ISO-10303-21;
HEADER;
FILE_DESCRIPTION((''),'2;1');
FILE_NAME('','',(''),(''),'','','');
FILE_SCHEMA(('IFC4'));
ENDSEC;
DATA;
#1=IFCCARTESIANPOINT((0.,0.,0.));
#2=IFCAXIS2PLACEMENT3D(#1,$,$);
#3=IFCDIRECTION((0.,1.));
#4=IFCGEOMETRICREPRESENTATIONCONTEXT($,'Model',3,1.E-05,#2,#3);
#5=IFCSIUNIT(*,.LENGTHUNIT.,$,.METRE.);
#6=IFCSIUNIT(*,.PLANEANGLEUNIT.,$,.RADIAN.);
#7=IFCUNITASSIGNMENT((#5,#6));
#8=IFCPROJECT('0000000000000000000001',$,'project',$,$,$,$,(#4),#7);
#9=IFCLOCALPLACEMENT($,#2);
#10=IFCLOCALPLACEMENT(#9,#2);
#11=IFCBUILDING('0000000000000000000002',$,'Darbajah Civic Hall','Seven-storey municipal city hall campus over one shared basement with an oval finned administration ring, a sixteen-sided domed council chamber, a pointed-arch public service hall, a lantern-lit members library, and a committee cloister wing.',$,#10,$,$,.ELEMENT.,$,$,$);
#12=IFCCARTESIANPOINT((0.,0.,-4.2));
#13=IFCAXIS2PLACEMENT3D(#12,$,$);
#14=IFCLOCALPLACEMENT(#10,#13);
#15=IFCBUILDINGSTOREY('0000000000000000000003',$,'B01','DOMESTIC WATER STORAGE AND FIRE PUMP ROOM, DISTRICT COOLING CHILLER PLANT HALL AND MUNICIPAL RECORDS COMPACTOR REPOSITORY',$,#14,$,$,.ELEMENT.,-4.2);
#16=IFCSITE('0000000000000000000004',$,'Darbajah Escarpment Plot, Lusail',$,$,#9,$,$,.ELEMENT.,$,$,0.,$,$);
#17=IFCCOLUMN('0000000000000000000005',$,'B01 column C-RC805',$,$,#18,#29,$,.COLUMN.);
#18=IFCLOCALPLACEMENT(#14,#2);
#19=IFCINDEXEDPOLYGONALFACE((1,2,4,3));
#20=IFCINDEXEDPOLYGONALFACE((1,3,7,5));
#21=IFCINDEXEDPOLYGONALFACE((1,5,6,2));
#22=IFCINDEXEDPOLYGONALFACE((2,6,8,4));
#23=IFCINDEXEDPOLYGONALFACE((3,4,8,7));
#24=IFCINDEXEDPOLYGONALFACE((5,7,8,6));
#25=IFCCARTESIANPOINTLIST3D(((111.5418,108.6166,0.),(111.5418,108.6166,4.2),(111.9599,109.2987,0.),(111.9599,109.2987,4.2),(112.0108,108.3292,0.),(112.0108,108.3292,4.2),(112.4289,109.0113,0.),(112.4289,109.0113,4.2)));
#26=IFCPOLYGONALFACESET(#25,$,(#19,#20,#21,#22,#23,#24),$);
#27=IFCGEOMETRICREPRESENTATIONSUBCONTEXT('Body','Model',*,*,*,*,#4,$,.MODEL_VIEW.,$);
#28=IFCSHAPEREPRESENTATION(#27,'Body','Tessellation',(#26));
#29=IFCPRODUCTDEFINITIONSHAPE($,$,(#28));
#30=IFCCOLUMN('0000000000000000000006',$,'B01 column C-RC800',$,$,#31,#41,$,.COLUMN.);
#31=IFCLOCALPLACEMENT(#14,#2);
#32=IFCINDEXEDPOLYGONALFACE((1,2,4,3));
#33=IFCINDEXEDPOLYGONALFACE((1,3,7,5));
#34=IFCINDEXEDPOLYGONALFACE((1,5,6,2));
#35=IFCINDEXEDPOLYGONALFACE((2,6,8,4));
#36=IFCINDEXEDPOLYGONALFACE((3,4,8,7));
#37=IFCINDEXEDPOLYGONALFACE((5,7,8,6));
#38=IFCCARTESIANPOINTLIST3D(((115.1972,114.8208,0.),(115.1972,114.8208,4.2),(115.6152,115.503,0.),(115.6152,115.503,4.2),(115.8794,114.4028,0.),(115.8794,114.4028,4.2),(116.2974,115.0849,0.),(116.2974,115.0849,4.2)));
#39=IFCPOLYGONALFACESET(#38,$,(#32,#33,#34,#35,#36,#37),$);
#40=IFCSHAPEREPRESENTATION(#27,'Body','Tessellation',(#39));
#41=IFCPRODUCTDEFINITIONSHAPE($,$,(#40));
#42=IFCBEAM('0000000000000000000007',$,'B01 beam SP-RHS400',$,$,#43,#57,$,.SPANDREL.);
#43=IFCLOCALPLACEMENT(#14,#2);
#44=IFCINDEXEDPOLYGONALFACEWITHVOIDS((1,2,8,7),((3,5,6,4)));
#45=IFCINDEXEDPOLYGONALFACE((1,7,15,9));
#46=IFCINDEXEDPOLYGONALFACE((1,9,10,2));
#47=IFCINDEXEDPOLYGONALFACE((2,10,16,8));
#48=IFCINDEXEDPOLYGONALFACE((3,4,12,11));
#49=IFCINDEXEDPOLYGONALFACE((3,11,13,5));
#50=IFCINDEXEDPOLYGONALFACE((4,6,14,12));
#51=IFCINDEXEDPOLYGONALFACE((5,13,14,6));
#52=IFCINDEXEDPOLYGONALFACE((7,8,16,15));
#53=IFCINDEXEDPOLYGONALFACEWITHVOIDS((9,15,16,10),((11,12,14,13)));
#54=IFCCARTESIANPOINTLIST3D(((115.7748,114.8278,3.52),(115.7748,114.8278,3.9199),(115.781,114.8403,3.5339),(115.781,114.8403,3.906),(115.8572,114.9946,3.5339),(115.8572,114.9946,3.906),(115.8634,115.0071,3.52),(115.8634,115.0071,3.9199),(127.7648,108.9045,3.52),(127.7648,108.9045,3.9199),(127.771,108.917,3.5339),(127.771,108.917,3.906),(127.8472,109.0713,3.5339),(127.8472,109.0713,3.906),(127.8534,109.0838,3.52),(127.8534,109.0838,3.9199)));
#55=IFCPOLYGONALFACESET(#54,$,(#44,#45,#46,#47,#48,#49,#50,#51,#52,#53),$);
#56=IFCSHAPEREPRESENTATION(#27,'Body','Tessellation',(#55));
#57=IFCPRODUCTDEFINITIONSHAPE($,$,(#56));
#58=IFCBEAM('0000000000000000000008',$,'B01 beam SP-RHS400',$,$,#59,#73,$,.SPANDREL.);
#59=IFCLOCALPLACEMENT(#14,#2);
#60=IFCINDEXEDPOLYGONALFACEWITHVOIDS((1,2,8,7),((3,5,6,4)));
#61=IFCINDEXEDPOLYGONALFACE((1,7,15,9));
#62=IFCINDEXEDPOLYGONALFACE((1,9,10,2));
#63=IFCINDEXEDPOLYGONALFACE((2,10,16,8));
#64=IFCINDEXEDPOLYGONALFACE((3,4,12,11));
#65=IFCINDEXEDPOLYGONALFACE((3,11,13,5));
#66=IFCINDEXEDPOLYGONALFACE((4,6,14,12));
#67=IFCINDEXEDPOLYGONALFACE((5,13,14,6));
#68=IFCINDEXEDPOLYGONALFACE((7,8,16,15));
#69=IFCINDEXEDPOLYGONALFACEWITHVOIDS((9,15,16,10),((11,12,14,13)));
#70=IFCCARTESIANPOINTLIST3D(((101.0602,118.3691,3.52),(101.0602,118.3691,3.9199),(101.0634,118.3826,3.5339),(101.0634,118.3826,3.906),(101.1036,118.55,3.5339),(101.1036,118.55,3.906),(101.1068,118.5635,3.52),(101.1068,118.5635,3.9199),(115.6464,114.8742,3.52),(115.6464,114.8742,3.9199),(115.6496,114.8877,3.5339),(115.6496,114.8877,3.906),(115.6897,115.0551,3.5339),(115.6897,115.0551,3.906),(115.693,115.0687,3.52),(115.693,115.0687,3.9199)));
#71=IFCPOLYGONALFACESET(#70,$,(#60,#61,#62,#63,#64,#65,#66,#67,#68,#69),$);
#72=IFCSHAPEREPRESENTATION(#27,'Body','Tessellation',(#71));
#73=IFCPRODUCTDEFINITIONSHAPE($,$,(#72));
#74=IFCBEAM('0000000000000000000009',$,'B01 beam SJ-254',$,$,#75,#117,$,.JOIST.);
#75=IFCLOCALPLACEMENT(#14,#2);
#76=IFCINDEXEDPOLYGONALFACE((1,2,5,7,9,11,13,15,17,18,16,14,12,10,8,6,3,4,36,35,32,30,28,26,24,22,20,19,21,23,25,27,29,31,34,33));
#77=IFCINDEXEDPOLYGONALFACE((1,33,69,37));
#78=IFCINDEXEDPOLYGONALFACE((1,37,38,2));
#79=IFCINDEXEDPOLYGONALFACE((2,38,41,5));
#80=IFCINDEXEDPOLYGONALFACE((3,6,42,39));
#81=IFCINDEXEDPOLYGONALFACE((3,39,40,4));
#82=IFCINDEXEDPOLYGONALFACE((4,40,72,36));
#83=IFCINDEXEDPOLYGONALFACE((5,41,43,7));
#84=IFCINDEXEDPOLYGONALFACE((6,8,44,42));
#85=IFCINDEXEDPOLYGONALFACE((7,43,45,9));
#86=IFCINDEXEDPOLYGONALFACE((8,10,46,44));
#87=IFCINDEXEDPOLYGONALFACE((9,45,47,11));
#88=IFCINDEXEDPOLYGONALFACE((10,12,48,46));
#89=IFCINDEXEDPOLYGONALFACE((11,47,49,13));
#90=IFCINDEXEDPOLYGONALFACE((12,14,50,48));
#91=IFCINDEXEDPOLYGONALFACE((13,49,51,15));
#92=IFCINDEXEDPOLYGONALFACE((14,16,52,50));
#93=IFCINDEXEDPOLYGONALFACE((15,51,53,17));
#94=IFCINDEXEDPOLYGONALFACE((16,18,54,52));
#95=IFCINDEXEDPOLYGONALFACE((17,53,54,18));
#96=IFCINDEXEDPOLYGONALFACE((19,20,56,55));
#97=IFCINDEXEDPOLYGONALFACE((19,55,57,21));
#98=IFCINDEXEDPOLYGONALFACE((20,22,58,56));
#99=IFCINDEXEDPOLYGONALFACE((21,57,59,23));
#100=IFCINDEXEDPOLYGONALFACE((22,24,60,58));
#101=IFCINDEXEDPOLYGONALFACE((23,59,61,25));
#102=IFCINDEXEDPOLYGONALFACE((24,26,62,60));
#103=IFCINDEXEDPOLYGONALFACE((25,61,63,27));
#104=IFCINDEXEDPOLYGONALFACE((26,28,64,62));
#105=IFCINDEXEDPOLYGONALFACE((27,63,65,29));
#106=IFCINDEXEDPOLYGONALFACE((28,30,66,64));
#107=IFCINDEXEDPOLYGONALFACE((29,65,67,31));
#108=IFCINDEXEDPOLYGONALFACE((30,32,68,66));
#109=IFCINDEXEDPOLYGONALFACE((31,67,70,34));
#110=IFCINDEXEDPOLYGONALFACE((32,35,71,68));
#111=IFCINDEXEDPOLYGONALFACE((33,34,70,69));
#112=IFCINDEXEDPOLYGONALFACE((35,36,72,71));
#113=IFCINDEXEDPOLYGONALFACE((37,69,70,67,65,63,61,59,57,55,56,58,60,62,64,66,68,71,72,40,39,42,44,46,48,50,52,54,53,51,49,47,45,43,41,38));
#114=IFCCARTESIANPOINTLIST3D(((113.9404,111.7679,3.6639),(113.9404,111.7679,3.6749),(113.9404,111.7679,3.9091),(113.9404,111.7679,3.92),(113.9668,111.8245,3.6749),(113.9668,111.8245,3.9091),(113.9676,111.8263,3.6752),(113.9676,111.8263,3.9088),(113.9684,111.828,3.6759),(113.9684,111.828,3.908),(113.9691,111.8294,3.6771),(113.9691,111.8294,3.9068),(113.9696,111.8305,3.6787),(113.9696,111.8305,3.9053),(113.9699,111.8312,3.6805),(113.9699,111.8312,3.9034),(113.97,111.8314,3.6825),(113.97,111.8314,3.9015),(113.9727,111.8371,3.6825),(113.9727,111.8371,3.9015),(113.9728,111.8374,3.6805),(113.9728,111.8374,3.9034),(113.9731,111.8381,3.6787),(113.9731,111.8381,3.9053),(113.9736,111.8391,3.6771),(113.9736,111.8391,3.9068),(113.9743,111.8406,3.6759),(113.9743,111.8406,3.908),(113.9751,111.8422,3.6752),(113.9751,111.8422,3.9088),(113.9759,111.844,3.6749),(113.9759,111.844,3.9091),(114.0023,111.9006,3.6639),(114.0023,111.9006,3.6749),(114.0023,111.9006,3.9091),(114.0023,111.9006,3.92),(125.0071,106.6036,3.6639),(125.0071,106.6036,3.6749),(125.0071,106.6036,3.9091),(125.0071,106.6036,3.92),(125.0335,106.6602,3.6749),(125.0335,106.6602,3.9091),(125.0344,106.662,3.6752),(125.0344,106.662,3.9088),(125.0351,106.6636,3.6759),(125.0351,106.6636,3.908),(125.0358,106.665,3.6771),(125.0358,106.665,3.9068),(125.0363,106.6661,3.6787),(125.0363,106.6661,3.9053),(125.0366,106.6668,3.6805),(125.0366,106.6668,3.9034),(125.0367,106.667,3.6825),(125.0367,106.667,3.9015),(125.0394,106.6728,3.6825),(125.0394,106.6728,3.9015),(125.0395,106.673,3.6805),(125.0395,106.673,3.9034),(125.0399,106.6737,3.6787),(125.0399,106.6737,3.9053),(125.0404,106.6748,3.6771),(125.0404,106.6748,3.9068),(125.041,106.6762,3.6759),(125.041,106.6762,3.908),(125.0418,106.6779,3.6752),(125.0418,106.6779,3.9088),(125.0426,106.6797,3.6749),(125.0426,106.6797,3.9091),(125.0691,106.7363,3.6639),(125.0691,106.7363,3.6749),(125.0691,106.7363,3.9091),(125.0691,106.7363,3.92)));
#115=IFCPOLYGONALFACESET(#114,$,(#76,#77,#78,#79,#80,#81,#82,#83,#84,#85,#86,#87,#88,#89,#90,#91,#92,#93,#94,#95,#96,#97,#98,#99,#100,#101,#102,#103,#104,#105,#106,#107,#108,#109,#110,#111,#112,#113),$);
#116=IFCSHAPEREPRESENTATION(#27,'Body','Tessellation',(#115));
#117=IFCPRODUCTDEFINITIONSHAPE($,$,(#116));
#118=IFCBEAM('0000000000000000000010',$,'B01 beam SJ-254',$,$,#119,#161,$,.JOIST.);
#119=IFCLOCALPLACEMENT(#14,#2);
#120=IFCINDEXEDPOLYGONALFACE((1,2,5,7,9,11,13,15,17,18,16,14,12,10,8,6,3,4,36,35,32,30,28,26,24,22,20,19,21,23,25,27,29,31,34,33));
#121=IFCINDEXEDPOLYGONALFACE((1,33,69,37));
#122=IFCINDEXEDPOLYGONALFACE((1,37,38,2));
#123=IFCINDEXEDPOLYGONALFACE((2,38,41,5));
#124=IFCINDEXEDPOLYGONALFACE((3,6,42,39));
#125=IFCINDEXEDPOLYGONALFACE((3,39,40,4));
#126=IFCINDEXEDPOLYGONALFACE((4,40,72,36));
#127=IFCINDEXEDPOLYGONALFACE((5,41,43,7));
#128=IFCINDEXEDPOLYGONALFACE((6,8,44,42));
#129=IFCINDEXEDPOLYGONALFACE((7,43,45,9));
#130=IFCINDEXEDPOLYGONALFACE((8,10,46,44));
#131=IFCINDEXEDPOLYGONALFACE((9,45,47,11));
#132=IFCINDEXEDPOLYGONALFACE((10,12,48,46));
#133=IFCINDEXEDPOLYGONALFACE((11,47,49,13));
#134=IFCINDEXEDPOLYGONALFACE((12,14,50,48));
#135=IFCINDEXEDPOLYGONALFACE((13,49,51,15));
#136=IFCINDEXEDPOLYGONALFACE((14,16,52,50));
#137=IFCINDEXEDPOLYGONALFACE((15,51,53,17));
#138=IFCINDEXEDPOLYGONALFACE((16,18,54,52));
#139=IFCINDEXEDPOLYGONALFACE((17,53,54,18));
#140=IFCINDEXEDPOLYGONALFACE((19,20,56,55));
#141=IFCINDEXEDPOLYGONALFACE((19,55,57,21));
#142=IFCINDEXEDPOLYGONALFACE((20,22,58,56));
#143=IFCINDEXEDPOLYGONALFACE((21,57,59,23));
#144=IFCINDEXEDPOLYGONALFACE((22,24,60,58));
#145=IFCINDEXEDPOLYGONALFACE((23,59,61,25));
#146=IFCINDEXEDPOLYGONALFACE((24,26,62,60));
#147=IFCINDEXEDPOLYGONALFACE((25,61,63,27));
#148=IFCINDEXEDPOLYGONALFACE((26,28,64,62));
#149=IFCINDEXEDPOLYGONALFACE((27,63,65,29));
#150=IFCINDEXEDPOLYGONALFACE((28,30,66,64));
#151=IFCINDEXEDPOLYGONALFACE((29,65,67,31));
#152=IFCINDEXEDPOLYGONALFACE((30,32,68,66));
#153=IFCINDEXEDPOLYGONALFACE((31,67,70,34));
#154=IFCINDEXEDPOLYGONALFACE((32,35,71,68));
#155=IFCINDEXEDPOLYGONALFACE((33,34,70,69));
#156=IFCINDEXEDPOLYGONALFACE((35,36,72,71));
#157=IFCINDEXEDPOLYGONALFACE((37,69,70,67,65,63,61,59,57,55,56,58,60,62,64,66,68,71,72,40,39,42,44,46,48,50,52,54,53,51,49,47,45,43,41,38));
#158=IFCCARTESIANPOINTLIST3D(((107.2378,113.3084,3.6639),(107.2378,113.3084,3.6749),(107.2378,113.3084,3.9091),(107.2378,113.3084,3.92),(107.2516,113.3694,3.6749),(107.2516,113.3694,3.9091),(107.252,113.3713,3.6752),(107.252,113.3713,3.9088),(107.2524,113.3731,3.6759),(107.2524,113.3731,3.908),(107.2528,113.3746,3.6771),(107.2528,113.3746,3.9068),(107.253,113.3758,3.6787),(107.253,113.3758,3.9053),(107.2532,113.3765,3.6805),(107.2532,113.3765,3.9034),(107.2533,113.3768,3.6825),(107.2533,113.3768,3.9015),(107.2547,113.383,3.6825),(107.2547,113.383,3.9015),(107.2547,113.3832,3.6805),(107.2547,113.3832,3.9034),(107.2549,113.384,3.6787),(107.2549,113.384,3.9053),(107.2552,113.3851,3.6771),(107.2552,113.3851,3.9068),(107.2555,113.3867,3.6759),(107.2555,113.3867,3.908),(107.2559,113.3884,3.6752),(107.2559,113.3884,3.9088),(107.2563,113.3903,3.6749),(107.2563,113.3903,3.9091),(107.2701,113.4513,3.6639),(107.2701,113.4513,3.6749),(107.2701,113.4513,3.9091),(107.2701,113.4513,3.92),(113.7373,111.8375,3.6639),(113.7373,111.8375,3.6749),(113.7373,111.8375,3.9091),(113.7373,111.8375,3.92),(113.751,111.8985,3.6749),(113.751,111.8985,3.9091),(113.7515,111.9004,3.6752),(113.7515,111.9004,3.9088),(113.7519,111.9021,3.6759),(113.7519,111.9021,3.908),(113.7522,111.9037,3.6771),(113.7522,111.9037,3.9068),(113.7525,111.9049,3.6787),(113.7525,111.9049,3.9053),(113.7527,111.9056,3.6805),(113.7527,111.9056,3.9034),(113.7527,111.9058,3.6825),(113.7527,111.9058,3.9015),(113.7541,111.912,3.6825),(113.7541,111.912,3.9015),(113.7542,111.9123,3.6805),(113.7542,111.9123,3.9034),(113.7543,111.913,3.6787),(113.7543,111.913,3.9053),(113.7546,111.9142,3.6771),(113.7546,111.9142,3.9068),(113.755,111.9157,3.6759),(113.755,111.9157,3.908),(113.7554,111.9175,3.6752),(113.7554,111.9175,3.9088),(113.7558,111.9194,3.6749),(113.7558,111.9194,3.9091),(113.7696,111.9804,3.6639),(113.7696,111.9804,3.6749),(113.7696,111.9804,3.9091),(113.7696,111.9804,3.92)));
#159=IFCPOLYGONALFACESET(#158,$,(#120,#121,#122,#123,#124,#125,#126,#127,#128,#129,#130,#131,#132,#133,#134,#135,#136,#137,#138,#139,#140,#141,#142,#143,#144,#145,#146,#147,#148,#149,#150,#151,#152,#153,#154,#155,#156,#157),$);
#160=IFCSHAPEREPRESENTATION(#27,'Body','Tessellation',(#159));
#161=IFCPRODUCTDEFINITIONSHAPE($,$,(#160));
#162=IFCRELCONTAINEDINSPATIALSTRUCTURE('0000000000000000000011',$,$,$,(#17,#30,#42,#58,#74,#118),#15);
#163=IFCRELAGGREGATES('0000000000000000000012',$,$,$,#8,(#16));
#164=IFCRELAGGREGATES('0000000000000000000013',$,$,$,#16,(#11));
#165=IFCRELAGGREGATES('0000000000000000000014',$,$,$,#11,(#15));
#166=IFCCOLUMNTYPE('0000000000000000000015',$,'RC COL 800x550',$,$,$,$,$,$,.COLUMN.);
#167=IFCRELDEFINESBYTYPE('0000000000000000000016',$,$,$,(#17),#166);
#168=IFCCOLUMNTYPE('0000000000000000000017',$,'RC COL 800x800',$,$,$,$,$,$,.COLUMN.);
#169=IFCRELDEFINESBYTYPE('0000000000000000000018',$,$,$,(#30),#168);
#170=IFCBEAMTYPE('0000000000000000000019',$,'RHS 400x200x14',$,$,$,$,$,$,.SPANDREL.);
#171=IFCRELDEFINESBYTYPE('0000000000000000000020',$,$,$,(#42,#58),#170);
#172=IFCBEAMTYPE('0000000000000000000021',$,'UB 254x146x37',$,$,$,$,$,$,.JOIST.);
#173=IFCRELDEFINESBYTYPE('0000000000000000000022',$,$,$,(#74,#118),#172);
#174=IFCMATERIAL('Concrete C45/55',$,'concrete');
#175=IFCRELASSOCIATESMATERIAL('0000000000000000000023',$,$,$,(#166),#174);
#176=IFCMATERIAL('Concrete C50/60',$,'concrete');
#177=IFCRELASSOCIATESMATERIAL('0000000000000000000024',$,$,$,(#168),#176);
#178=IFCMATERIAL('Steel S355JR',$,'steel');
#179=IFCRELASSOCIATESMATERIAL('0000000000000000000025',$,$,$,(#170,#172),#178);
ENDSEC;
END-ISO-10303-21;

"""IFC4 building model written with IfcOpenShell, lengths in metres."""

from ifc_helpers import new_model, si_unit, direction, frame, origin, origin_2d, place, context, subcontext, project, spatial, rectangle, hollow_rectangle, i_section, extrude, material, material_profile, profile_set, type_object, element, save


model = new_model("IFC4")

# Units and contexts
model_context = context("Model", 3, precision=1e-05, world=origin(), true_north=direction((0.0, 1.0)))
body_context = subcontext(model_context, "Body", "Model", "MODEL_VIEW")
ifc_project = project(units=[si_unit("LENGTHUNIT", "METRE"), si_unit("PLANEANGLEUNIT", "RADIAN")], contexts=[model_context])

# Site, building, storey
site_placement = place(None, origin())
site = spatial("IfcSite", under=ifc_project, at=site_placement, Name="Darbajah Escarpment Plot, Lusail", CompositionType="ELEMENT", RefElevation=0.0)
building_placement = place(site_placement, origin())
building = spatial("IfcBuilding", under=site, at=building_placement, Name="Darbajah Civic Hall", Description="Seven-storey municipal city hall campus over one shared basement with an oval finned administration ring, a sixteen-sided domed council chamber, a pointed-arch public service hall, a lantern-lit members library, and a committee cloister wing.", CompositionType="ELEMENT")
storey_placement = place(building_placement, frame((0.0, 0.0, -4.2)))
storey = spatial("IfcBuildingStorey", under=building, at=storey_placement, Name="B01", Description="DOMESTIC WATER STORAGE AND FIRE PUMP ROOM, DISTRICT COOLING CHILLER PLANT HALL AND MUNICIPAL RECORDS COMPACTOR REPOSITORY", CompositionType="ELEMENT", Elevation=-4.2)

# Shared definitions
ifc_material_1 = material(Name="Concrete C45/55", Category="concrete")

# Columns
ifc_material_profile_1 = material_profile(ifc_material_1, rectangle(XDim=0.8, YDim=0.55, at=origin_2d()), Name="RC COL 800x550")
ifc_profile_set_1 = profile_set([ifc_material_profile_1], Name="Concrete C45/55")
column_type_1 = type_object("IfcColumnType", Name="RC COL 800x550", PredefinedType="COLUMN", material=ifc_profile_set_1)
for number, where, z_axis, x_axis, name in (
    (1, (111.9854, 108.814, 0.0), (0.0, 0.0, 1.0), (0.522499, 0.85264, 0.0), "B01 column C-RC805"),
):
    element("IfcColumn", number, at=place(storey_placement, frame(where, z_axis=z_axis, x_axis=x_axis)), inside=storey, type_object=column_type_1, Name=name, PredefinedType="COLUMN", context=body_context, shape_type="SweptSolid", body=[
        extrude(rectangle(XDim=0.8, YDim=0.55, at=origin_2d()), origin(), (0.0, 0.0, 1.0), 4.2),
    ])
ifc_material_2 = material(Name="Concrete C50/60", Category="concrete")
ifc_material_profile_2 = material_profile(ifc_material_2, rectangle(XDim=0.8, YDim=0.8, at=origin_2d()), Name="RC COL 800x800")
ifc_profile_set_2 = profile_set([ifc_material_profile_2], Name="Concrete C50/60")
column_type_2 = type_object("IfcColumnType", Name="RC COL 800x800", PredefinedType="COLUMN", material=ifc_profile_set_2)
column_placement = place(storey_placement, frame((115.7473, 114.9529, 0.0), z_axis=(0.0, 0.0, 1.0), x_axis=(0.522499, 0.85264, 0.0)))
element("IfcColumn", 2, at=column_placement, inside=storey, type_object=column_type_2, Name="B01 column C-RC800", PredefinedType="COLUMN", context=body_context, shape_type="SweptSolid", body=[
    extrude(rectangle(XDim=0.8, YDim=0.8, at=origin_2d()), origin(), (0.0, 0.0, 1.0), 4.2),
])

# Beams
ifc_material_3 = material(Name="Steel S355JR", Category="steel")
ifc_material_profile_3 = material_profile(ifc_material_3, hollow_rectangle(XDim=0.2, YDim=0.3999, WallThickness=0.0139, at=origin_2d()), Name="RHS 400x200x14")
ifc_profile_set_3 = profile_set([ifc_material_profile_3], Name="Steel S355JR")
beam_type_1 = type_object("IfcBeamType", Name="RHS 400x200x14", PredefinedType="SPANDREL", material=ifc_profile_set_3)
beam_1_placement = place(storey_placement, frame((127.8091, 108.9941, 3.72), z_axis=(-0.89656, 0.442922, 0.0), x_axis=(-0.442922, -0.89656, 0.0)))
element("IfcBeam", 3, at=beam_1_placement, inside=storey, type_object=beam_type_1, Name="B01 beam SP-RHS400", PredefinedType="SPANDREL", context=body_context, shape_type="SweptSolid", body=[
    extrude(hollow_rectangle(XDim=0.2, YDim=0.3999, WallThickness=0.0139, at=origin_2d()), origin(), (0.0, 0.0, 1.0), 13.3733),
])
beam_2_placement = place(storey_placement, frame((115.6697, 114.9714, 3.72), z_axis=(-0.972475, 0.233007, 0.0), x_axis=(-0.233007, -0.972475, 0.0)))
element("IfcBeam", 4, at=beam_2_placement, inside=storey, type_object=beam_type_1, Name="B01 beam SP-RHS400", PredefinedType="SPANDREL", context=body_context, shape_type="SweptSolid", body=[
    extrude(hollow_rectangle(XDim=0.2, YDim=0.3999, WallThickness=0.0139, at=origin_2d()), origin(), (0.0, 0.0, 1.0), 14.999),
])
ifc_material_profile_4 = material_profile(ifc_material_3, i_section(OverallWidth=0.1465, OverallDepth=0.2561, WebThickness=0.0063, FlangeThickness=0.011, FilletRadius=0.0076, at=origin_2d()), Name="UB 254x146x37")
ifc_profile_set_4 = profile_set([ifc_material_profile_4], Name="Steel S355JR")
beam_type_2 = type_object("IfcBeamType", Name="UB 254x146x37", PredefinedType="JOIST", material=ifc_profile_set_4)
beam_3_placement = place(storey_placement, frame((125.0381, 106.6699, 3.792), z_axis=(-0.906187, 0.422877, 0.0), x_axis=(-0.422877, -0.906187, 0.0)))
element("IfcBeam", 5, at=beam_3_placement, inside=storey, type_object=beam_type_2, Name="B01 beam SJ-254", PredefinedType="JOIST", context=body_context, shape_type="SweptSolid", body=[
    extrude(i_section(OverallWidth=0.1465, OverallDepth=0.2561, WebThickness=0.0063, FlangeThickness=0.011, FilletRadius=0.0076, at=origin_2d()), origin(), (0.0, 0.0, 1.0), 12.2124),
])
beam_4_placement = place(storey_placement, frame((113.7534, 111.9089, 3.792), z_axis=(-0.975334, 0.220734, 0.0), x_axis=(-0.220734, -0.975334, 0.0)))
element("IfcBeam", 6, at=beam_4_placement, inside=storey, type_object=beam_type_2, Name="B01 beam SJ-254", PredefinedType="JOIST", context=body_context, shape_type="SweptSolid", body=[
    extrude(i_section(OverallWidth=0.1465, OverallDepth=0.2561, WebThickness=0.0063, FlangeThickness=0.011, FilletRadius=0.0076, at=origin_2d()), origin(), (0.0, 0.0, 1.0), 6.6638),
])

save(model, "model.ifc")
